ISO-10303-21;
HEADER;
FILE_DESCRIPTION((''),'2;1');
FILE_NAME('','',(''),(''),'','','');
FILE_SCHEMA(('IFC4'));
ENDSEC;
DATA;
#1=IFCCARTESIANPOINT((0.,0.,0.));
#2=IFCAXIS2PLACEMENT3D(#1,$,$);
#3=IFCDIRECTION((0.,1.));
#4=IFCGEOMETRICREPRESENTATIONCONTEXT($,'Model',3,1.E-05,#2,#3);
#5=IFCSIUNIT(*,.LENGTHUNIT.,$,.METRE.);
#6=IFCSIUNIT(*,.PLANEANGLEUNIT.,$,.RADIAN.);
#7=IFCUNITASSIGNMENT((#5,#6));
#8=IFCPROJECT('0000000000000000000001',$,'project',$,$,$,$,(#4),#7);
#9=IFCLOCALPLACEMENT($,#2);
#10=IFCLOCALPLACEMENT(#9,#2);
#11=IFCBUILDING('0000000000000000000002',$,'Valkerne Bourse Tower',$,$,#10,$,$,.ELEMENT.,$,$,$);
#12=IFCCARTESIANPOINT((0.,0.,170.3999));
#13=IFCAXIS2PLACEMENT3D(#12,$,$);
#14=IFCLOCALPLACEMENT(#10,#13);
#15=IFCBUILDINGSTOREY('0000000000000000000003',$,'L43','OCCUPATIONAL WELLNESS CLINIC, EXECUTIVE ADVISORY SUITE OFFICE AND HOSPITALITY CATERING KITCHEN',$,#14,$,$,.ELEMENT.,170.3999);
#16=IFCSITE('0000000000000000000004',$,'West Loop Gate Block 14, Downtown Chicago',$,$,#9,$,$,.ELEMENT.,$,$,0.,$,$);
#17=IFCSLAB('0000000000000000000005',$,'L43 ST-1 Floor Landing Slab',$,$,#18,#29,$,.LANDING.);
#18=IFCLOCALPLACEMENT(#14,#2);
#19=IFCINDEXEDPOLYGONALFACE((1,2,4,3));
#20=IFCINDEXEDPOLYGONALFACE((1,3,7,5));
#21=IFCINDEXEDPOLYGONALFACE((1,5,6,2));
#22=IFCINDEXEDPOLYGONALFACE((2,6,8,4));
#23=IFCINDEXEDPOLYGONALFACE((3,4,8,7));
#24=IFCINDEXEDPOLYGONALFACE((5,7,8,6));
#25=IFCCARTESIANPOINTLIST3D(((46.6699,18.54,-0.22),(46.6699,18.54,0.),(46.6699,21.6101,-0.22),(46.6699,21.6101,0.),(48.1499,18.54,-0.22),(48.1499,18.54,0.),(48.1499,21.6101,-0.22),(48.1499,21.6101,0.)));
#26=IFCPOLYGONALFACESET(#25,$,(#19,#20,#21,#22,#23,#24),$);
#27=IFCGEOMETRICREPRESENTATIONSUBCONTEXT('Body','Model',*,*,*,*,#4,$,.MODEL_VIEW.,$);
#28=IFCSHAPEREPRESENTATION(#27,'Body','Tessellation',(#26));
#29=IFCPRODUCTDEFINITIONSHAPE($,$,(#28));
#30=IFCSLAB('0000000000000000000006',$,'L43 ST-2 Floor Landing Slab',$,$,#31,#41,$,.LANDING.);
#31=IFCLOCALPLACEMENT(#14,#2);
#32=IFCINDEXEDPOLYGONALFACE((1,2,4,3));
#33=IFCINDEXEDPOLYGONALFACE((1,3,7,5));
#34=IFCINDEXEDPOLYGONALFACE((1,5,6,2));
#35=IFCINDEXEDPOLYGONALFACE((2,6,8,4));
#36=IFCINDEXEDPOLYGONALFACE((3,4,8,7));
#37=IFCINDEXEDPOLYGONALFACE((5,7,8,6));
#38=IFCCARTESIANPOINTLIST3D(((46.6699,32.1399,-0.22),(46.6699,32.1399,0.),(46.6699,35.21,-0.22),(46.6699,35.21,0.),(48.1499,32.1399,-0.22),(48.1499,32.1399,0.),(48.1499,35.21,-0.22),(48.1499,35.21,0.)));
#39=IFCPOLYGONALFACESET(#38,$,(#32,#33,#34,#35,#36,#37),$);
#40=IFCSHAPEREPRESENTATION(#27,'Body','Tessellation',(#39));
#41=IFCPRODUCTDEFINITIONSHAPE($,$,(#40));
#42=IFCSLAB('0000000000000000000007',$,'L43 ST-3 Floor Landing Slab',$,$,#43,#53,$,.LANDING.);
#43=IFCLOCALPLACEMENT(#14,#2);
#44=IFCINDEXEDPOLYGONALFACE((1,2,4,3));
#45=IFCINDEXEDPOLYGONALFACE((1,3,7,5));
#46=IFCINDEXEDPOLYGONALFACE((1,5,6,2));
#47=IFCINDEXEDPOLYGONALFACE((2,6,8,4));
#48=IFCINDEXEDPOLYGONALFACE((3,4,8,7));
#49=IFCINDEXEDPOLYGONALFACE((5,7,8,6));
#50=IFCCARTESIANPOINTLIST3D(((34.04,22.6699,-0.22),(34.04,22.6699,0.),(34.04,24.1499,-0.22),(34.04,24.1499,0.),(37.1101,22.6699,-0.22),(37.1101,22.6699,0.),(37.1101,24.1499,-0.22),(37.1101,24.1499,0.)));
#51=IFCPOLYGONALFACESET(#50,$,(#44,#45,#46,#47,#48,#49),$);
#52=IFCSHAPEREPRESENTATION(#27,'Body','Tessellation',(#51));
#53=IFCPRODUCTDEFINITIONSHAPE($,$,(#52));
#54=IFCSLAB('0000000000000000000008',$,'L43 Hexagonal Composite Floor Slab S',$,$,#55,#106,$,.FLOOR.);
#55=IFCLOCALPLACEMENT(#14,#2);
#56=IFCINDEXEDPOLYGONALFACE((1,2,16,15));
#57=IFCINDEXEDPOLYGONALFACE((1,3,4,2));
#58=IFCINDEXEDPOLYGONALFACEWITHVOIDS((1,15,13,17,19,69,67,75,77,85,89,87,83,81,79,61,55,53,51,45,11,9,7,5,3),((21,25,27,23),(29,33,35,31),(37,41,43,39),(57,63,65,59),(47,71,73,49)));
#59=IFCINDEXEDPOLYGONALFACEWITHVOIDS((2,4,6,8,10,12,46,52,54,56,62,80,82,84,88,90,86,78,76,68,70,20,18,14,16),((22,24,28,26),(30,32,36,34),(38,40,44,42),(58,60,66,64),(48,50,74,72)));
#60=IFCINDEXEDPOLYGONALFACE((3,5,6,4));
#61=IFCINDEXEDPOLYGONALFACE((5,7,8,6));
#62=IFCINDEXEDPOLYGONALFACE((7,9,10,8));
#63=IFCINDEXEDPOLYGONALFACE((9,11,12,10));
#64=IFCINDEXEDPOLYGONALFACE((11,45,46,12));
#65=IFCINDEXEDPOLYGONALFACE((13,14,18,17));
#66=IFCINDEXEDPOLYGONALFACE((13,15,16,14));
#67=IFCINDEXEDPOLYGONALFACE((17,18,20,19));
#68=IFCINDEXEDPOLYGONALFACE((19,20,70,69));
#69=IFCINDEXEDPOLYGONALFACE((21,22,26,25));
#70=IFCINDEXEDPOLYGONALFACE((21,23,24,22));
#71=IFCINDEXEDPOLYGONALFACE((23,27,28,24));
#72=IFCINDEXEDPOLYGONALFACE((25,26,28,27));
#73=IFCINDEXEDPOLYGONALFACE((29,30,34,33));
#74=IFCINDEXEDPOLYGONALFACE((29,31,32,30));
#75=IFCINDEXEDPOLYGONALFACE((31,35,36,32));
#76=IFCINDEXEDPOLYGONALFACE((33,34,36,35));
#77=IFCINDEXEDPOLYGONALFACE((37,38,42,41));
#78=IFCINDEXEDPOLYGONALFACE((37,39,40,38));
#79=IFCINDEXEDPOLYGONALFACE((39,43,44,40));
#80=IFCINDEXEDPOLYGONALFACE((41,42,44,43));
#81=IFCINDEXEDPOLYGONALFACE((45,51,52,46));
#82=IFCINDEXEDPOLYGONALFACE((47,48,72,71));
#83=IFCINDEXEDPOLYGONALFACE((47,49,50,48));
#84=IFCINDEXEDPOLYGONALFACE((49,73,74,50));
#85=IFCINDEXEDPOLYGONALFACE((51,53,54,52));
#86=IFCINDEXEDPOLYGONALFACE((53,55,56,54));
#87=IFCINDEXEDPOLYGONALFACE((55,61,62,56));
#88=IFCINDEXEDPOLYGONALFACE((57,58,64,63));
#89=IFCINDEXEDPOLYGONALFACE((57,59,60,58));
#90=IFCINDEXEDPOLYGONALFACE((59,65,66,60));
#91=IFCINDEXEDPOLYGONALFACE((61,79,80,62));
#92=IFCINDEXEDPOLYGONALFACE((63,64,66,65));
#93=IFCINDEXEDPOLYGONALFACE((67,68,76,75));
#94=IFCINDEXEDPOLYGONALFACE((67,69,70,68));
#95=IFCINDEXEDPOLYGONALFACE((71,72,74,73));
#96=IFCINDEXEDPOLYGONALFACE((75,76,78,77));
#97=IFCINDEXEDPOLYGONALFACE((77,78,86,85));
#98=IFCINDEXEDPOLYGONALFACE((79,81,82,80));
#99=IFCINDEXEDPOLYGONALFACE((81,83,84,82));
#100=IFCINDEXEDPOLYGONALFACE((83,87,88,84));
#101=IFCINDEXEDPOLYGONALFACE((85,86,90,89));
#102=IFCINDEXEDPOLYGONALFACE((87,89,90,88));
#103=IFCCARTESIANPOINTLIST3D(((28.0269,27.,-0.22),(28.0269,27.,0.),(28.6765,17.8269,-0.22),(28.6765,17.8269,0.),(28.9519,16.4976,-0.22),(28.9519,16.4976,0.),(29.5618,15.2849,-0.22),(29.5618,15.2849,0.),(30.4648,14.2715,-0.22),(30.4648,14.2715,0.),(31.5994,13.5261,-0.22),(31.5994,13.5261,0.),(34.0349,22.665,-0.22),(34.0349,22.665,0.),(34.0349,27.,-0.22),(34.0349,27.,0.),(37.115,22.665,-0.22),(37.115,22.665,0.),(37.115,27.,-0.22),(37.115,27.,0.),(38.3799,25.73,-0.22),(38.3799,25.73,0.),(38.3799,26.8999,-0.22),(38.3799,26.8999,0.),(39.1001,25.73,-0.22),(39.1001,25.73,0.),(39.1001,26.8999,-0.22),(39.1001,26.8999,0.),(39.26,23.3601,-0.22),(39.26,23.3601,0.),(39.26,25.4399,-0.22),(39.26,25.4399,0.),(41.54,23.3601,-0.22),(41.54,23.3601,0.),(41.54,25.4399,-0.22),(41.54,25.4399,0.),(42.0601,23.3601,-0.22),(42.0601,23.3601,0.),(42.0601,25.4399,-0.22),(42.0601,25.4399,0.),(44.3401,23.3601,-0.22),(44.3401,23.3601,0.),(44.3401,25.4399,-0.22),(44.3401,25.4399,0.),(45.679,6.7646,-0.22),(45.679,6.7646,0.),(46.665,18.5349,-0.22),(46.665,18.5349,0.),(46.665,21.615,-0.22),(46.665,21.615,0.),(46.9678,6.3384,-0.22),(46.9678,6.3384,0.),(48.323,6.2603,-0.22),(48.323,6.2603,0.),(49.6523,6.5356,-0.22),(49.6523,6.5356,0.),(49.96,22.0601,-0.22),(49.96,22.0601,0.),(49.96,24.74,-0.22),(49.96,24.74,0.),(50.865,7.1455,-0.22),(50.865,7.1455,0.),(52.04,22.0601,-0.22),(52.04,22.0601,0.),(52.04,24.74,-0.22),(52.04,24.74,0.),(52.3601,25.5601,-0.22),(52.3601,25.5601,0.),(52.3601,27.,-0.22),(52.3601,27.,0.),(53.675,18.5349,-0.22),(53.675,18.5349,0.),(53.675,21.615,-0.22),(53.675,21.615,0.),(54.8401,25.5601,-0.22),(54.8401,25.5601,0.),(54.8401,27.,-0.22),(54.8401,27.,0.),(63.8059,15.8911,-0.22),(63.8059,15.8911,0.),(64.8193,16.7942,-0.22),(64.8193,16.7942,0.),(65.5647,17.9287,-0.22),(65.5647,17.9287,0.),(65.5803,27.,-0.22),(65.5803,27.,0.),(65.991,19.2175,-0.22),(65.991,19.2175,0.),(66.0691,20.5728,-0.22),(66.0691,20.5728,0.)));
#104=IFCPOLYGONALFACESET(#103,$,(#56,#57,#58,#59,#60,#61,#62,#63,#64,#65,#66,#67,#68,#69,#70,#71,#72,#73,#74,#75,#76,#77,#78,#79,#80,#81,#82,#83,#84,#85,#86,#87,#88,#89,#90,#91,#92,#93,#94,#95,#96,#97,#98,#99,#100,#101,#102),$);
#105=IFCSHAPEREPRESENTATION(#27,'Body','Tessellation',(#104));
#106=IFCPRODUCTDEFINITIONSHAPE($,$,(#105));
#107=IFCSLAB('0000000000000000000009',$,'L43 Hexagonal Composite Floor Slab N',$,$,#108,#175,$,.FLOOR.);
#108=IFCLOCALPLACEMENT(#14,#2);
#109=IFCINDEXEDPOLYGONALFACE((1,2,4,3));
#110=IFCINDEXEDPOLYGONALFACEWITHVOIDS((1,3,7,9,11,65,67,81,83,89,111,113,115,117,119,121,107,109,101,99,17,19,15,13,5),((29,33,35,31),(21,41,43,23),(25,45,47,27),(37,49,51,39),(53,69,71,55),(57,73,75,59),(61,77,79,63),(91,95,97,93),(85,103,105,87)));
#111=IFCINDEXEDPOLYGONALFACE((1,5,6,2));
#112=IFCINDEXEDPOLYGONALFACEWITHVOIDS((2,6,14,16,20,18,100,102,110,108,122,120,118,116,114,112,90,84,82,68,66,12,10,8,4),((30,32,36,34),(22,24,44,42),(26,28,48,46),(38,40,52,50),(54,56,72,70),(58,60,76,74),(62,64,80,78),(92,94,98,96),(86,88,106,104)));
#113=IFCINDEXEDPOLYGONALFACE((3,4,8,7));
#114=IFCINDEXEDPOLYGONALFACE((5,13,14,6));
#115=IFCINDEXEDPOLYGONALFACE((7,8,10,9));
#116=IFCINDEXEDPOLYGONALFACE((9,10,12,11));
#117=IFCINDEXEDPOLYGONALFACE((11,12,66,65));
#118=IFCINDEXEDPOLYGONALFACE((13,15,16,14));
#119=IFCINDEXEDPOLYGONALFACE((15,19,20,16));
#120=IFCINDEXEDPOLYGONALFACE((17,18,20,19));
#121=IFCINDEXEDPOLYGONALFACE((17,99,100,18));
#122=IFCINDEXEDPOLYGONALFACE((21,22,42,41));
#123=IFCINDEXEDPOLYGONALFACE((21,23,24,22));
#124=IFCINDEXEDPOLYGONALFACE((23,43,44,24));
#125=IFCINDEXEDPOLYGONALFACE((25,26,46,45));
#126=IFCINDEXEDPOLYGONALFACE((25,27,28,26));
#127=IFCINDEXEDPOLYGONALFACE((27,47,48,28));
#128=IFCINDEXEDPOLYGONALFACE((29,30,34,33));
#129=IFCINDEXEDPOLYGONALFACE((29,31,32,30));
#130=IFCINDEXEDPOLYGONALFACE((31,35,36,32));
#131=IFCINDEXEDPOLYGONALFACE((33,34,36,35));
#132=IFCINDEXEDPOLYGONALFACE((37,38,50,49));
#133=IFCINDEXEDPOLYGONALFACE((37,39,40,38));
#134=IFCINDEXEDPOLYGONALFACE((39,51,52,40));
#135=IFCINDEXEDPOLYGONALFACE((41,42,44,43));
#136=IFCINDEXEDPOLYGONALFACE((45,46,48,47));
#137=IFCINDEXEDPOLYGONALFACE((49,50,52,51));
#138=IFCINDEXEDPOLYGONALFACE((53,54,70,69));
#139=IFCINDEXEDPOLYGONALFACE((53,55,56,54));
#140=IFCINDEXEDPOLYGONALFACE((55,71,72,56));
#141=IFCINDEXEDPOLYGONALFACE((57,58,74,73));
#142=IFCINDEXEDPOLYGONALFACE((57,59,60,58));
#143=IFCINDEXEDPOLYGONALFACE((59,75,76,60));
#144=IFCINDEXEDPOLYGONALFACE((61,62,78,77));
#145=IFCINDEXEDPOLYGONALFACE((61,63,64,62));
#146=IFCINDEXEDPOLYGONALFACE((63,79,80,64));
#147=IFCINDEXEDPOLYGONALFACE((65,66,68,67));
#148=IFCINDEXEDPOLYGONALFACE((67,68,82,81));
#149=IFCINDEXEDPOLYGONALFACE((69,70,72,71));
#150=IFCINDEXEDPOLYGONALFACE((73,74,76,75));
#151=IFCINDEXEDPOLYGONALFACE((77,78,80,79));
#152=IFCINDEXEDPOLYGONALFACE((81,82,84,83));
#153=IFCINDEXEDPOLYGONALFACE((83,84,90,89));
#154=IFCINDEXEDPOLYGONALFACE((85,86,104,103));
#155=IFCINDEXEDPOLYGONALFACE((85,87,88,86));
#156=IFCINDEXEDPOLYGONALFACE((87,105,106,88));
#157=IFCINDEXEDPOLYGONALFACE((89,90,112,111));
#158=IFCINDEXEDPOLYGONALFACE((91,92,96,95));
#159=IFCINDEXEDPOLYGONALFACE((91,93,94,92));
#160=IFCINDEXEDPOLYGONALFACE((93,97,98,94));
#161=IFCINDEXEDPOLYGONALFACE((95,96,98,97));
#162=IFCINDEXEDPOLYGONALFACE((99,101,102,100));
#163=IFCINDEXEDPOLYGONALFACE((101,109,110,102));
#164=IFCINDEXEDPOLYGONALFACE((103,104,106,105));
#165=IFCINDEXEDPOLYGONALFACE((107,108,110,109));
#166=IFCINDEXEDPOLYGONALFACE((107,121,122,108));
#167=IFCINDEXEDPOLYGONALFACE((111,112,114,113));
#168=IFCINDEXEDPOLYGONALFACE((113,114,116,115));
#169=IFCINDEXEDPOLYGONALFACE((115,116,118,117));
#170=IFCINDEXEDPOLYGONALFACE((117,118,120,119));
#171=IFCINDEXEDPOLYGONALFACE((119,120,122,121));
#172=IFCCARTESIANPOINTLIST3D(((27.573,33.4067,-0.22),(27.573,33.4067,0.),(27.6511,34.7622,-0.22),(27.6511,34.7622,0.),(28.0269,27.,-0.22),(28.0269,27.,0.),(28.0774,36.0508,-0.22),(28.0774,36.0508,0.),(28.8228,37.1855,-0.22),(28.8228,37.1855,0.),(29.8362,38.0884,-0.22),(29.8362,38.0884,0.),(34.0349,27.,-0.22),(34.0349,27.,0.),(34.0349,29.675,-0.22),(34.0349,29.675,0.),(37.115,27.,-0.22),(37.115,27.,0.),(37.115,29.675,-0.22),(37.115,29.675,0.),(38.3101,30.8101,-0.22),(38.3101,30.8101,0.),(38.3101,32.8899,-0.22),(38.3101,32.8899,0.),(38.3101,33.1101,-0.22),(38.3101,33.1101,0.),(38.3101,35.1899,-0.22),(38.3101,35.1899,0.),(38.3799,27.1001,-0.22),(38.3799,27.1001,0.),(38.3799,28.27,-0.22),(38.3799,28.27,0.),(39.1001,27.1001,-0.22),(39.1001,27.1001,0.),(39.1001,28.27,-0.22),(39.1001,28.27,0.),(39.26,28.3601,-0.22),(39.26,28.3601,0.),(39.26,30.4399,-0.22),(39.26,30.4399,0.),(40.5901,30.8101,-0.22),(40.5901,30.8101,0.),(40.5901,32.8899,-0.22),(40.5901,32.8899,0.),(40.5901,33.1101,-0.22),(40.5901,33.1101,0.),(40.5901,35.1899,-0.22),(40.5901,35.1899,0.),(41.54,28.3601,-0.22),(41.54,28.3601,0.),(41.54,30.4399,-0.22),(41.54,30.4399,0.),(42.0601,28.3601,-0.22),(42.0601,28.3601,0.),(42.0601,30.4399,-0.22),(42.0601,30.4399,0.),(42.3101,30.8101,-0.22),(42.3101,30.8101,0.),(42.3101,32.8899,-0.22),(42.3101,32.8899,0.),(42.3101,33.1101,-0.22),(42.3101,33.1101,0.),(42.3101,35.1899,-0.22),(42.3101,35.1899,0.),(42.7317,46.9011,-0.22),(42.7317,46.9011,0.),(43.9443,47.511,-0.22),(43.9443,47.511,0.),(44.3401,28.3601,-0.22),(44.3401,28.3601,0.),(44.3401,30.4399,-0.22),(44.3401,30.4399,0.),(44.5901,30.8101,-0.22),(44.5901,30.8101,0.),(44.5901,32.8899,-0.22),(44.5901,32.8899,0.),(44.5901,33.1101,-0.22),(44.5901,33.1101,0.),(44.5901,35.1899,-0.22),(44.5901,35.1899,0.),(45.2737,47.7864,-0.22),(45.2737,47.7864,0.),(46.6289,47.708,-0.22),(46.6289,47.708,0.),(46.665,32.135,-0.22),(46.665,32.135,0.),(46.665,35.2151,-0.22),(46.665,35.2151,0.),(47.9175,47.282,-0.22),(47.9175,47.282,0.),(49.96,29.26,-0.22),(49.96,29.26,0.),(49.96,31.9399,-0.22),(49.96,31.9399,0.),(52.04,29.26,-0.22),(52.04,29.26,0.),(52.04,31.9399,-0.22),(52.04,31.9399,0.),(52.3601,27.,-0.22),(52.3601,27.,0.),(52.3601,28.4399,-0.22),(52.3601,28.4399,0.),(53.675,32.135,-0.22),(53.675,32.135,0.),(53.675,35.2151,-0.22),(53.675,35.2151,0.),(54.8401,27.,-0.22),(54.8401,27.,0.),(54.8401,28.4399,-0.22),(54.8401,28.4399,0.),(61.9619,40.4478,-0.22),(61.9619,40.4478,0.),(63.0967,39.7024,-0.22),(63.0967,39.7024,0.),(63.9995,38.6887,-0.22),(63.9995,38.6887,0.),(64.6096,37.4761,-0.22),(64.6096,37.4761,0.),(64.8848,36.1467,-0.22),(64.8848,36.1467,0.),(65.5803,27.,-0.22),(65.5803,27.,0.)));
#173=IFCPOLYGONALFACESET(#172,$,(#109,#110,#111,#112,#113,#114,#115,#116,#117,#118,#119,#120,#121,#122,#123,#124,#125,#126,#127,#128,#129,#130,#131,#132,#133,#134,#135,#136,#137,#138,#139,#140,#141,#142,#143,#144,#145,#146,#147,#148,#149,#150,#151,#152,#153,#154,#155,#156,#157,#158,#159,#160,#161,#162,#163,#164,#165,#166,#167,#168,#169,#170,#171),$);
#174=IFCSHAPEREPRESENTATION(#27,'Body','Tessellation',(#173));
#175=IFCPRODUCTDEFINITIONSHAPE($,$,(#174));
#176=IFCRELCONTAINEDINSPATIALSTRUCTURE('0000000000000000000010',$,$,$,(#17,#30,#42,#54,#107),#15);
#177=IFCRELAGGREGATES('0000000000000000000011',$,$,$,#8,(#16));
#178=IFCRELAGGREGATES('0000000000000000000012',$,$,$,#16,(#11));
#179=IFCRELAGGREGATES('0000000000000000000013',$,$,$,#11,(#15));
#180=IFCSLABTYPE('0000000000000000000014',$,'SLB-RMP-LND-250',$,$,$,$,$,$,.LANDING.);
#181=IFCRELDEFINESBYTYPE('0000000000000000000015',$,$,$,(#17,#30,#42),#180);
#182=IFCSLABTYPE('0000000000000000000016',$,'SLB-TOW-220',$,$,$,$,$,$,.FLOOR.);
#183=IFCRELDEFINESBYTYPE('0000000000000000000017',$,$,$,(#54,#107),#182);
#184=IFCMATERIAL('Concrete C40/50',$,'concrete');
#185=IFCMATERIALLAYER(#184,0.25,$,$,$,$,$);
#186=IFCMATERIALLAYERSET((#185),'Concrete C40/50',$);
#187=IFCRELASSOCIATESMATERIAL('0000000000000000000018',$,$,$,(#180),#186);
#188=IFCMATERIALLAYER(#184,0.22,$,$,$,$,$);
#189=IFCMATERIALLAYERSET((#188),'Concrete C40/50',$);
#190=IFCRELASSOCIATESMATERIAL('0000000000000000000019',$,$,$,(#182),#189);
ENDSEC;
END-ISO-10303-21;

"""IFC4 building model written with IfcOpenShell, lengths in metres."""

from ifc_helpers import new_model, si_unit, direction, frame, origin, place, context, subcontext, project, spatial, polyline, outline, extrude, material, layer, layer_set, type_object, element, save


model = new_model("IFC4")

# Units and contexts
model_context = context("Model", 3, precision=1e-05, world=origin(), true_north=direction((0.0, 1.0)))
body_context = subcontext(model_context, "Body", "Model", "MODEL_VIEW")
ifc_project = project(units=[si_unit("LENGTHUNIT", "METRE"), si_unit("PLANEANGLEUNIT", "RADIAN")], contexts=[model_context])

# Site, building, storey
site_placement = place(None, origin())
site = spatial("IfcSite", under=ifc_project, at=site_placement, Name="West Loop Gate Block 14, Downtown Chicago", CompositionType="ELEMENT", RefElevation=0.0)
building_placement = place(site_placement, origin())
building = spatial("IfcBuilding", under=site, at=building_placement, Name="Valkerne Bourse Tower", CompositionType="ELEMENT")
storey_placement = place(building_placement, frame((0.0, 0.0, 170.3999)))
storey = spatial("IfcBuildingStorey", under=building, at=storey_placement, Name="L43", Description="OCCUPATIONAL WELLNESS CLINIC, EXECUTIVE ADVISORY SUITE OFFICE AND HOSPITALITY CATERING KITCHEN", CompositionType="ELEMENT", Elevation=170.3999)

# Slabs
ifc_material_1 = material(Name="Concrete C40/50", Category="concrete")
ifc_layer_1 = layer(ifc_material_1, 0.25)
ifc_layer_set_1 = layer_set([ifc_layer_1], Name="Concrete C40/50")
slab_type_1 = type_object("IfcSlabType", Name="SLB-RMP-LND-250", PredefinedType="LANDING", material=ifc_layer_set_1)
slab_1_placement = place(storey_placement, frame((0.0, 0.0, -0.22)))
element("IfcSlab", 1, at=slab_1_placement, inside=storey, type_object=slab_type_1, Name="L43 ST-1 Floor Landing Slab", PredefinedType="LANDING", context=body_context, shape_type="SweptSolid", body=[
    extrude(outline(polyline([(46.6699, 18.54), (48.1499, 18.54), (48.1499, 21.6101), (46.6699, 21.6101), (46.6699, 18.54)])), origin(), (0.0, 0.0, 1.0), 0.22),
])
slab_2_placement = place(storey_placement, frame((0.0, 0.0, -0.22)))
element("IfcSlab", 2, at=slab_2_placement, inside=storey, type_object=slab_type_1, Name="L43 ST-2 Floor Landing Slab", PredefinedType="LANDING", context=body_context, shape_type="SweptSolid", body=[
    extrude(outline(polyline([(46.6699, 32.1399), (48.1499, 32.1399), (48.1499, 35.21), (46.6699, 35.21), (46.6699, 32.1399)])), origin(), (0.0, 0.0, 1.0), 0.22),
])
slab_3_placement = place(storey_placement, frame((0.0, 0.0, -0.22)))
element("IfcSlab", 3, at=slab_3_placement, inside=storey, type_object=slab_type_1, Name="L43 ST-3 Floor Landing Slab", PredefinedType="LANDING", context=body_context, shape_type="SweptSolid", body=[
    extrude(outline(polyline([(37.1101, 22.6699), (37.1101, 24.1499), (34.04, 24.1499), (34.04, 22.6699), (37.1101, 22.6699)])), origin(), (0.0, 0.0, 1.0), 0.22),
])
ifc_layer_2 = layer(ifc_material_1, 0.22)
ifc_layer_set_2 = layer_set([ifc_layer_2], Name="Concrete C40/50")
slab_type_2 = type_object("IfcSlabType", Name="SLB-TOW-220", PredefinedType="FLOOR", material=ifc_layer_set_2)
slab_4_placement = place(storey_placement, frame((0.0, 0.0, -0.22)))
element("IfcSlab", 4, at=slab_4_placement, inside=storey, type_object=slab_type_2, Name="L43 Hexagonal Composite Floor Slab S", PredefinedType="FLOOR", context=body_context, shape_type="SweptSolid", body=[
    extrude(outline(polyline([(65.991, 19.2175), (65.5647, 17.9287), (64.8193, 16.7942), (63.8059, 15.8911), (50.865, 7.1455), (49.6523, 6.5356), (48.323, 6.2603), (46.9678, 6.3384), (45.679, 6.7646), (31.5994, 13.5261), (30.4648, 14.2715), (29.5618, 15.2849), (28.9519, 16.4976), (28.6765, 17.8269), (28.0269, 27.0), (34.0349, 27.0), (34.0349, 22.665), (37.115, 22.665), (37.115, 27.0), (52.3601, 27.0), (52.3601, 25.5601), (54.8401, 25.5601), (54.8401, 27.0), (65.5803, 27.0), (66.0691, 20.5728), (65.991, 19.2175)]), holes=[polyline([(41.54, 25.4399), (39.26, 25.4399), (39.26, 23.3601), (41.54, 23.3601), (41.54, 25.4399)]), polyline([(44.3401, 25.4399), (42.0601, 25.4399), (42.0601, 23.3601), (44.3401, 23.3601), (44.3401, 25.4399)]), polyline([(39.1001, 26.8999), (38.3799, 26.8999), (38.3799, 25.73), (39.1001, 25.73), (39.1001, 26.8999)]), polyline([(53.675, 21.615), (46.665, 21.615), (46.665, 18.5349), (53.675, 18.5349), (53.675, 21.615)]), polyline([(52.04, 24.74), (49.96, 24.74), (49.96, 22.0601), (52.04, 22.0601), (52.04, 24.74)])]), origin(), (0.0, 0.0, 1.0), 0.22),
])
slab_5_placement = place(storey_placement, frame((0.0, 0.0, -0.22)))
element("IfcSlab", 5, at=slab_5_placement, inside=storey, type_object=slab_type_2, Name="L43 Hexagonal Composite Floor Slab N", PredefinedType="FLOOR", context=body_context, shape_type="SweptSolid", body=[
    extrude(outline(polyline([(27.573, 33.4067), (27.6511, 34.7622), (28.0774, 36.0508), (28.8228, 37.1855), (29.8362, 38.0884), (42.7317, 46.9011), (43.9443, 47.511), (45.2737, 47.7864), (46.6289, 47.708), (47.9175, 47.282), (61.9619, 40.4478), (63.0967, 39.7024), (63.9995, 38.6887), (64.6096, 37.4761), (64.8848, 36.1467), (65.5803, 27.0), (54.8401, 27.0), (54.8401, 28.4399), (52.3601, 28.4399), (52.3601, 27.0), (37.115, 27.0), (37.115, 29.675), (34.0349, 29.675), (34.0349, 27.0), (28.0269, 27.0), (27.573, 33.4067)]), holes=[polyline([(39.1001, 28.27), (38.3799, 28.27), (38.3799, 27.1001), (39.1001, 27.1001), (39.1001, 28.27)]), polyline([(41.54, 30.4399), (39.26, 30.4399), (39.26, 28.3601), (41.54, 28.3601), (41.54, 30.4399)]), polyline([(40.5901, 32.8899), (38.3101, 32.8899), (38.3101, 30.8101), (40.5901, 30.8101), (40.5901, 32.8899)]), polyline([(40.5901, 35.1899), (38.3101, 35.1899), (38.3101, 33.1101), (40.5901, 33.1101), (40.5901, 35.1899)]), polyline([(44.3401, 30.4399), (42.0601, 30.4399), (42.0601, 28.3601), (44.3401, 28.3601), (44.3401, 30.4399)]), polyline([(52.04, 31.9399), (49.96, 31.9399), (49.96, 29.26), (52.04, 29.26), (52.04, 31.9399)]), polyline([(44.5901, 32.8899), (42.3101, 32.8899), (42.3101, 30.8101), (44.5901, 30.8101), (44.5901, 32.8899)]), polyline([(53.675, 35.2151), (46.665, 35.2151), (46.665, 32.135), (53.675, 32.135), (53.675, 35.2151)]), polyline([(44.5901, 35.1899), (42.3101, 35.1899), (42.3101, 33.1101), (44.5901, 33.1101), (44.5901, 35.1899)])]), origin(), (0.0, 0.0, 1.0), 0.22),
])

save(model, "model.ifc")
